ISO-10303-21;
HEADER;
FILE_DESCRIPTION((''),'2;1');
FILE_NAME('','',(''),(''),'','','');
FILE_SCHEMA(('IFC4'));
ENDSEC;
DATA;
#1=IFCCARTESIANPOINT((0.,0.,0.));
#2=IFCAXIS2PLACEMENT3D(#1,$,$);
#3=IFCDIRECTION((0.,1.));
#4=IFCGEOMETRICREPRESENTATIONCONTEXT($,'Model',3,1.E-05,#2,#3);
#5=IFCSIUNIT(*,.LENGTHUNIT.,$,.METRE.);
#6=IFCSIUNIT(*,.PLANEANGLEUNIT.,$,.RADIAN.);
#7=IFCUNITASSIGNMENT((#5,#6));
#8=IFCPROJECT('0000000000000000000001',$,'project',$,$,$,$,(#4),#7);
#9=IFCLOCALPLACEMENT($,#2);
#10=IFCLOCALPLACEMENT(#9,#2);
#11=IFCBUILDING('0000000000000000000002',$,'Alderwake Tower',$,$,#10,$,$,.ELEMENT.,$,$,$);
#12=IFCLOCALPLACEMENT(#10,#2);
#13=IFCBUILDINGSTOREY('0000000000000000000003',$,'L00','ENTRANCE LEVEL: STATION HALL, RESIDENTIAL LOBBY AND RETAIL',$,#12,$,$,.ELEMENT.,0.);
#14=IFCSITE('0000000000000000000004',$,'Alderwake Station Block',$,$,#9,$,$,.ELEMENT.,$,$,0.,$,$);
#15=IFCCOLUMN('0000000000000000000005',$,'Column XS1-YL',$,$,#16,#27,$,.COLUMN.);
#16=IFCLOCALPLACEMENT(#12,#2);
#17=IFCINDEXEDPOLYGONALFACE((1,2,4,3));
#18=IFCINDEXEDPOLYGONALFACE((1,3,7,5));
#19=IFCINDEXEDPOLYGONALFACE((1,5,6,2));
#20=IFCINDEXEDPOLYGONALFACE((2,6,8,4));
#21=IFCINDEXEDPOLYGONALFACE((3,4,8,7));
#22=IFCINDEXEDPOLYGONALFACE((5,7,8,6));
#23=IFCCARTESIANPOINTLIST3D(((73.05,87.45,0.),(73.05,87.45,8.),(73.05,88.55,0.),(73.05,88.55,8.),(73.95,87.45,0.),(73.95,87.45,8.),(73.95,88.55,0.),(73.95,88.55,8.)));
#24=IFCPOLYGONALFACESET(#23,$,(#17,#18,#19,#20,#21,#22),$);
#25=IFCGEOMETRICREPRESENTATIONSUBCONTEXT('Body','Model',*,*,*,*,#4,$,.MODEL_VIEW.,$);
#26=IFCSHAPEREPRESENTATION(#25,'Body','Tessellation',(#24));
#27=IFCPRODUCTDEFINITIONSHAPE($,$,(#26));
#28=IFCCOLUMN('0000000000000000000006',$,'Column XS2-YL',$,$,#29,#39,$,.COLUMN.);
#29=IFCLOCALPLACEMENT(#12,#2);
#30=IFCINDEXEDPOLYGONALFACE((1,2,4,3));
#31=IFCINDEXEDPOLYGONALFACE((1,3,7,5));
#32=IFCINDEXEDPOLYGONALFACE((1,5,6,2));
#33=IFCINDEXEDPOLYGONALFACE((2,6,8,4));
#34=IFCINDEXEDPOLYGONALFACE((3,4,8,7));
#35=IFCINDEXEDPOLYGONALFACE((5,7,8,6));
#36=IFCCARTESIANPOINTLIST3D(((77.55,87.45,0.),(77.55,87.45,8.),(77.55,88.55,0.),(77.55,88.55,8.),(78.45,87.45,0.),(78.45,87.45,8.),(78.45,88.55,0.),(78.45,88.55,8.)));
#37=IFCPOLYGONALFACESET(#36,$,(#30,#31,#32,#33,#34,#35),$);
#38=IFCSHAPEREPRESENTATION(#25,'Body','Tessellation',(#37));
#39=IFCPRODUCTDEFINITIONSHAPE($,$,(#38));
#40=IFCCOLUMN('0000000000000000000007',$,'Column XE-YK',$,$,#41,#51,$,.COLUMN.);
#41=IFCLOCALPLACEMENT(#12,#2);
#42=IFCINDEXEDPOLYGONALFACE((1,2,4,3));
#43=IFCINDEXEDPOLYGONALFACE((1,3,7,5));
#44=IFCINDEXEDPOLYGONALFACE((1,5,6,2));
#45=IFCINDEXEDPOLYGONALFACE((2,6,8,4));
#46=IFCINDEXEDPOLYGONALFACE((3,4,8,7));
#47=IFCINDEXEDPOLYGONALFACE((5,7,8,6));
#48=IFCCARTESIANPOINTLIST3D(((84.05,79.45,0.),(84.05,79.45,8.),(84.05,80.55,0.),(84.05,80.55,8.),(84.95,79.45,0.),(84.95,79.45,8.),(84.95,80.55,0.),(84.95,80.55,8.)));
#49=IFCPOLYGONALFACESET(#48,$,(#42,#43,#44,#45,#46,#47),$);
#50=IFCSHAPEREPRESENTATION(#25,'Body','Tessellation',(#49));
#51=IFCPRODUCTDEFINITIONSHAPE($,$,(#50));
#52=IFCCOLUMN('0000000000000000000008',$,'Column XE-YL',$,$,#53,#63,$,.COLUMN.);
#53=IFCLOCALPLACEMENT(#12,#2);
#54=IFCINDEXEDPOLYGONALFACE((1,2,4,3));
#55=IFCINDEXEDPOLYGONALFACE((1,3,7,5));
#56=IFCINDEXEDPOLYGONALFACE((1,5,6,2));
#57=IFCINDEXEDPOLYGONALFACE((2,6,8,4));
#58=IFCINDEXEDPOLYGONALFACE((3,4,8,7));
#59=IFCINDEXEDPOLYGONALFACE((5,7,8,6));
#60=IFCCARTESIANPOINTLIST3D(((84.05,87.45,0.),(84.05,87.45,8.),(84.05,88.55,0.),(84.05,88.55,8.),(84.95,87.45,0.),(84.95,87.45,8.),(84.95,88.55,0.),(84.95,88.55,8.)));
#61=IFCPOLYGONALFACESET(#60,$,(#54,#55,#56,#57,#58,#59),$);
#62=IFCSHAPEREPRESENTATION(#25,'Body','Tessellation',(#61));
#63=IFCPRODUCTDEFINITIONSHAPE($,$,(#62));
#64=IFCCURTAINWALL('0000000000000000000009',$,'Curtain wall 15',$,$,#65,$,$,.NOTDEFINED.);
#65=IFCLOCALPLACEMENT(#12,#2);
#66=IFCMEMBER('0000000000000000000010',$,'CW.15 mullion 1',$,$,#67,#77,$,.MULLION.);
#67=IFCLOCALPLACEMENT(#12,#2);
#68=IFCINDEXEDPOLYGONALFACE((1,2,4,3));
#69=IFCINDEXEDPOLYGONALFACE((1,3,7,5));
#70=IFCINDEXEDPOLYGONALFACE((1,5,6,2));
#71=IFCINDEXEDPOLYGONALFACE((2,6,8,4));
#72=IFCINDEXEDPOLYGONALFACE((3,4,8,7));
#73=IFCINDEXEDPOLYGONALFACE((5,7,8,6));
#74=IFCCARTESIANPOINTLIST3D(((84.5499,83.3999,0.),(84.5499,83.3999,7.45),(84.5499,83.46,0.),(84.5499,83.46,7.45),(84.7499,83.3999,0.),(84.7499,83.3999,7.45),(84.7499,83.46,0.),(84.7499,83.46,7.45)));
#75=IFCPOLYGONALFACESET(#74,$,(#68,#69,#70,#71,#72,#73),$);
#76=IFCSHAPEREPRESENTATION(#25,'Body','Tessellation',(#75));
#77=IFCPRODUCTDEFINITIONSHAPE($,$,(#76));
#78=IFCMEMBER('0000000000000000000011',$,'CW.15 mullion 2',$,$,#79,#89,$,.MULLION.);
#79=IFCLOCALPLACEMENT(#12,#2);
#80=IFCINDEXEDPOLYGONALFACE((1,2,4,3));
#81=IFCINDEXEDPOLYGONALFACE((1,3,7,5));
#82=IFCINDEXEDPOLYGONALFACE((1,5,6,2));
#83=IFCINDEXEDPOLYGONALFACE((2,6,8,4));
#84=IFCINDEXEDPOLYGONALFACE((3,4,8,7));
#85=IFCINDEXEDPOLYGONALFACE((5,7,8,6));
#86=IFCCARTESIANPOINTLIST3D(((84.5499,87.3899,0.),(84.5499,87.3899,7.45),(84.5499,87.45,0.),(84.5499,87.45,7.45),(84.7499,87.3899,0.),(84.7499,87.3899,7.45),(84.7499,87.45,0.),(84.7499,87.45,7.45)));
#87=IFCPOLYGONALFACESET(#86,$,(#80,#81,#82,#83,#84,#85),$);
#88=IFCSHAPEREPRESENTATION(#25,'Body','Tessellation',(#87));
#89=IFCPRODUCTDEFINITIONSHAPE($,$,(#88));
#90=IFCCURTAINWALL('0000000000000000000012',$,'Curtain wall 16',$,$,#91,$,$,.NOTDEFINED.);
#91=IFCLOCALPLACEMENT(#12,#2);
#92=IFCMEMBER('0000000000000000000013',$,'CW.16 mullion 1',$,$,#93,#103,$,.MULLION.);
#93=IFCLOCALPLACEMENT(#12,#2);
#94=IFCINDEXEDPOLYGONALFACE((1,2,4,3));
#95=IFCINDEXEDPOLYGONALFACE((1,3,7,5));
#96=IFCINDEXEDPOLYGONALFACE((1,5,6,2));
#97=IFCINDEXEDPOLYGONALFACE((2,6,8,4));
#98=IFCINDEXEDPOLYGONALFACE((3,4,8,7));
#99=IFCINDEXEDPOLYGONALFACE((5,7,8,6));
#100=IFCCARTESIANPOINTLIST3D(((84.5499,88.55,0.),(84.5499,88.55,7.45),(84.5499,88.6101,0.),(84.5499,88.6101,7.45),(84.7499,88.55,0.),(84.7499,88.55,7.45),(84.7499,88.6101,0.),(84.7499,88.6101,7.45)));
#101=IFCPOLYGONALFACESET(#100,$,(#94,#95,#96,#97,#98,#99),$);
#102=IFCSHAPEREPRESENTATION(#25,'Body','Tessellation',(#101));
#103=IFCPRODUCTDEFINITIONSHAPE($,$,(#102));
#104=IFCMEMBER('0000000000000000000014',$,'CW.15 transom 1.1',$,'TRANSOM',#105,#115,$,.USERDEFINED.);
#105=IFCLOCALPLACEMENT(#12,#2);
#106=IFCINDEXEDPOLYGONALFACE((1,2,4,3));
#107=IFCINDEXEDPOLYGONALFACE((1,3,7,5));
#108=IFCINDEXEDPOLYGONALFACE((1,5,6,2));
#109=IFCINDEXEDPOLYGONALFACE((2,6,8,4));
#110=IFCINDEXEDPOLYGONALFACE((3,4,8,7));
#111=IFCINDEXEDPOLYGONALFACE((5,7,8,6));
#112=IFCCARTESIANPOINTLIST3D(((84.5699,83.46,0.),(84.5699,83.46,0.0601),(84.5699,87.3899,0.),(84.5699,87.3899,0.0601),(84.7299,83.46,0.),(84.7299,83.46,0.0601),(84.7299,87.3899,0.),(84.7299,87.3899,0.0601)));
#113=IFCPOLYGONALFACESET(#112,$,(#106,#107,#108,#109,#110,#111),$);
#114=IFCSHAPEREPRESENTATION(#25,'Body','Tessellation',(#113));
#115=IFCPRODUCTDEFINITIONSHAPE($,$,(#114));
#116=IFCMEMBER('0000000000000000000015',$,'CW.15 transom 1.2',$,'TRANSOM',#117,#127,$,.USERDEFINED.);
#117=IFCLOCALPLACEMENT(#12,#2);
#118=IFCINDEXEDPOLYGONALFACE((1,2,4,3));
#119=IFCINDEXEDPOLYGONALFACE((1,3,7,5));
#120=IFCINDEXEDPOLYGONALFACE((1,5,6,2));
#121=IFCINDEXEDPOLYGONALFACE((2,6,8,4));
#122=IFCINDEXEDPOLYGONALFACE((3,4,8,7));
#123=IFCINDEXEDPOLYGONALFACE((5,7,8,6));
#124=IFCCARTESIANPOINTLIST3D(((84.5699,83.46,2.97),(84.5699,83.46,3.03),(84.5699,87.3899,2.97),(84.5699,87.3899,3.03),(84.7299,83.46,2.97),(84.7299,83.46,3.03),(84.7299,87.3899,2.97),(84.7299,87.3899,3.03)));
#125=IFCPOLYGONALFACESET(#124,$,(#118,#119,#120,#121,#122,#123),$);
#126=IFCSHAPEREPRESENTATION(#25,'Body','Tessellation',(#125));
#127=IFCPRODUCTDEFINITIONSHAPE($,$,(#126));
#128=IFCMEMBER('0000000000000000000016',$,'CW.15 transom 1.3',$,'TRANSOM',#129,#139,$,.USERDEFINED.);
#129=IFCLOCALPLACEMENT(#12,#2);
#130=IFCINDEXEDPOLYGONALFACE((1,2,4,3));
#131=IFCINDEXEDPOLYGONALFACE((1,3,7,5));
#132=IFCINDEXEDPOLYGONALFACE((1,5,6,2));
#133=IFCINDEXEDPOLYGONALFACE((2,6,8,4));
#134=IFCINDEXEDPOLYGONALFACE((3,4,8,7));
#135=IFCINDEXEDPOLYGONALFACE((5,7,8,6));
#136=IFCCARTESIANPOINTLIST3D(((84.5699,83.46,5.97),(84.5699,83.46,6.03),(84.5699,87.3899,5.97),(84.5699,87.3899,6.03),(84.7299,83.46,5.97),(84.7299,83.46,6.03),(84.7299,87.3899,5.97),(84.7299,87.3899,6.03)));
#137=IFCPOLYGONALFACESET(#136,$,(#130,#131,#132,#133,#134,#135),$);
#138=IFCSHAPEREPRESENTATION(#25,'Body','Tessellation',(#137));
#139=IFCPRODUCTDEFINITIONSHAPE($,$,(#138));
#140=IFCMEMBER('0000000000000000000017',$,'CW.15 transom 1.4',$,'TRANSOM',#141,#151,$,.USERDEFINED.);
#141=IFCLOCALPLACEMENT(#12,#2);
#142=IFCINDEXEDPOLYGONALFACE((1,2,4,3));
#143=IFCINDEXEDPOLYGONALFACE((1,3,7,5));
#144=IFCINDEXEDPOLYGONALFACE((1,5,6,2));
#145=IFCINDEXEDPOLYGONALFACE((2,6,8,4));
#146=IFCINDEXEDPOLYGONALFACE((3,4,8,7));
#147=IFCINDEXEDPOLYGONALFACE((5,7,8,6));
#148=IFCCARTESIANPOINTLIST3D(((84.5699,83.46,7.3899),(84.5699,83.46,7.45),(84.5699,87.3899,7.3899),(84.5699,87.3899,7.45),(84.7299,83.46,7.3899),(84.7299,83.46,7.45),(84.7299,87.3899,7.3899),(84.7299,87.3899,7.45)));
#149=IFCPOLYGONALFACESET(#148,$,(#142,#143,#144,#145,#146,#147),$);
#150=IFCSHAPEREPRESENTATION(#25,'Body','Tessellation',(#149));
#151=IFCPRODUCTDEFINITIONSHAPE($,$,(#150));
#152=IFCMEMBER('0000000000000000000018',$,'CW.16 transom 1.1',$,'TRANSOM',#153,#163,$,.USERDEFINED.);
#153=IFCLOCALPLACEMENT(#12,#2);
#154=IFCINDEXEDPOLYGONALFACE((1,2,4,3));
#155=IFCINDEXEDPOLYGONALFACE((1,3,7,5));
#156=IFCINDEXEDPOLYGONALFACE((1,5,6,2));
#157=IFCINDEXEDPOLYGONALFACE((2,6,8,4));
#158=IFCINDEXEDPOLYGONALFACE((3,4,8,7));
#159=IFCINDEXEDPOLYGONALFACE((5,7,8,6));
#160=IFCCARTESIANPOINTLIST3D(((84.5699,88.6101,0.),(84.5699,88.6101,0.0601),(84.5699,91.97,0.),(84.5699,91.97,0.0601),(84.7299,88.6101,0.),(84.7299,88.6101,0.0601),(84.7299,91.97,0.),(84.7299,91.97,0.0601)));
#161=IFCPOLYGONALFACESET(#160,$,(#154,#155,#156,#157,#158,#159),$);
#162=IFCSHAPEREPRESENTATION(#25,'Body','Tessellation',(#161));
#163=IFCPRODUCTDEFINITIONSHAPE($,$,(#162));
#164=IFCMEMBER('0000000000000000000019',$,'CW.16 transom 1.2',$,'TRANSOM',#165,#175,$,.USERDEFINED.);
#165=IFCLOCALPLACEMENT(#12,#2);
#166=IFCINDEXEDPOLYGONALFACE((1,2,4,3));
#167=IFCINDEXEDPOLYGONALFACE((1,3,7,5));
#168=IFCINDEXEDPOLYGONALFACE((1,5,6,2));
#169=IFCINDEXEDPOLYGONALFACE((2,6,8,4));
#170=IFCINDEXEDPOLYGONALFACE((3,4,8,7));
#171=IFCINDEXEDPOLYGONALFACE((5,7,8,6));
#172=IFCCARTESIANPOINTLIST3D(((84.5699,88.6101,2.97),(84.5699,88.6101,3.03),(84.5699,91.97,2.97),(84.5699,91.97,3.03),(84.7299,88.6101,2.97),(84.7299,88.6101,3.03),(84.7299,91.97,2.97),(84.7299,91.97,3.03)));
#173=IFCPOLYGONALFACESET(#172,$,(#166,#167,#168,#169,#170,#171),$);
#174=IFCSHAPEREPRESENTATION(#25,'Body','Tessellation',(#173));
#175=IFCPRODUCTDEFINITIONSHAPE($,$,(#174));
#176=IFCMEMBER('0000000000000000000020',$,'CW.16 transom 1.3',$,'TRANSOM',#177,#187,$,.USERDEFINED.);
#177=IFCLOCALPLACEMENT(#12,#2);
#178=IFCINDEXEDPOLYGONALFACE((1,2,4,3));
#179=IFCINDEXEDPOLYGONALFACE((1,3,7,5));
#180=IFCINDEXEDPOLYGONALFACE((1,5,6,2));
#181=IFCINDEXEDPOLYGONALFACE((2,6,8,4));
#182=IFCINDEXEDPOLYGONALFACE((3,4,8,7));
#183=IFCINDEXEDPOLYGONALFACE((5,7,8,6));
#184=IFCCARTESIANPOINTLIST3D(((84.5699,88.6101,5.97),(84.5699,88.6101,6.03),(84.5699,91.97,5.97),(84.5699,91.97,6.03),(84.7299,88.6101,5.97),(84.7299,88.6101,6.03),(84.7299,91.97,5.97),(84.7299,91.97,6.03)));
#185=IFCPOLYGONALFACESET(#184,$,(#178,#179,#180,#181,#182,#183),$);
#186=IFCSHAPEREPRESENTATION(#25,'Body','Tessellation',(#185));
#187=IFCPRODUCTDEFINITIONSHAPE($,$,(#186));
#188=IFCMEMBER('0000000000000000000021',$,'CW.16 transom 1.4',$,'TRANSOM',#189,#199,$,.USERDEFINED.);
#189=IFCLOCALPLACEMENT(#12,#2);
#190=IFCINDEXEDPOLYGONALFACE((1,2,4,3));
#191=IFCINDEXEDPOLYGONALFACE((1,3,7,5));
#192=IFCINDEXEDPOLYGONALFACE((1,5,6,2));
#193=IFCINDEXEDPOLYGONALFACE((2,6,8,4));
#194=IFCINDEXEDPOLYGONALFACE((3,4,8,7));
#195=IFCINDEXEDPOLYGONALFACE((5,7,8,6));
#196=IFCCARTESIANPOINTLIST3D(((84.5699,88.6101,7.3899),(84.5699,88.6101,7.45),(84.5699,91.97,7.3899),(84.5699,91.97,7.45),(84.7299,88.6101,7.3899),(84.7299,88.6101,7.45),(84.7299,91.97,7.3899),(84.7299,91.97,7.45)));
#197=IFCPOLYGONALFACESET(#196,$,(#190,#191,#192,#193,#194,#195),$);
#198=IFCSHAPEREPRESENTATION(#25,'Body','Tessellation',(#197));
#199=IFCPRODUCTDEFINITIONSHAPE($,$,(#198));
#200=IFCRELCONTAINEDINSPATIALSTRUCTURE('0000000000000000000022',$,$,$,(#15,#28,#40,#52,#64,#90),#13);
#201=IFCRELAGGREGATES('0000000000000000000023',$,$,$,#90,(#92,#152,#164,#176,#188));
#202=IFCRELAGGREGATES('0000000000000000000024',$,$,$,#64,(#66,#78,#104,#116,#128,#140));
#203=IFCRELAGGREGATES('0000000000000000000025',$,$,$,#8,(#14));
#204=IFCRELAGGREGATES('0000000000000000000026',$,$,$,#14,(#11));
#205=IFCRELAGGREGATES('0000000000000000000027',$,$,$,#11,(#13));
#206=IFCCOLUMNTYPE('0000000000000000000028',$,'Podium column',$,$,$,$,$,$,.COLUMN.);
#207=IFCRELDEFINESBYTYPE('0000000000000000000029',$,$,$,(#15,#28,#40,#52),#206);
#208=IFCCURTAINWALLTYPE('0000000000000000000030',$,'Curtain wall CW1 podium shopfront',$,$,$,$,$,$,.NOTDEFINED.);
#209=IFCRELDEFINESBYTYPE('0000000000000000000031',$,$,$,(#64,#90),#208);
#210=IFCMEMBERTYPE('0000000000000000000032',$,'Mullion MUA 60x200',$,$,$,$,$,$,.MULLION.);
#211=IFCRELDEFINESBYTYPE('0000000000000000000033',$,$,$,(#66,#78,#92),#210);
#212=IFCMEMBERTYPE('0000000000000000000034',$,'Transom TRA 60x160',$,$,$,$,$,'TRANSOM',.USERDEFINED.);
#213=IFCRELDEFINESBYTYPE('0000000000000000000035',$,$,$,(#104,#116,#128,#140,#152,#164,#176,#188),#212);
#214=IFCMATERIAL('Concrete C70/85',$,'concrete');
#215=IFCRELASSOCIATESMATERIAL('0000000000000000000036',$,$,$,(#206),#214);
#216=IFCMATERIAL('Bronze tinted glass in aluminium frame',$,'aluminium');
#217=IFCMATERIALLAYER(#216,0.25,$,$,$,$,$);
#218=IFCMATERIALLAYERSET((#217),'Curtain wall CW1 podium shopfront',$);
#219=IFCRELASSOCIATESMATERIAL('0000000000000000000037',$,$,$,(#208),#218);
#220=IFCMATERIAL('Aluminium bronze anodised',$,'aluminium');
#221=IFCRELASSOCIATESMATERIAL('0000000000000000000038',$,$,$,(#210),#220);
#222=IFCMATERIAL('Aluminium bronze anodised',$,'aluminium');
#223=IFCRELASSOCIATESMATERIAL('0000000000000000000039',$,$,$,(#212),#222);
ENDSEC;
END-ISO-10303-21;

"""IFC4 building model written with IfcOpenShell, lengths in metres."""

from ifc_helpers import new_model, si_unit, direction, frame, origin, origin_2d, place, context, subcontext, project, spatial, rectangle, extrude, material, layer, layer_set, material_profile, profile_set, type_object, element, aggregate, save


model = new_model("IFC4")

# Units and contexts
model_context = context("Model", 3, precision=1e-05, world=origin(), true_north=direction((0.0, 1.0)))
body_context = subcontext(model_context, "Body", "Model", "MODEL_VIEW")
ifc_project = project(units=[si_unit("LENGTHUNIT", "METRE"), si_unit("PLANEANGLEUNIT", "RADIAN")], contexts=[model_context])

# Site, building, storey
site_placement = place(None, origin())
site = spatial("IfcSite", under=ifc_project, at=site_placement, Name="Alderwake Station Block", CompositionType="ELEMENT", RefElevation=0.0)
building_placement = place(site_placement, origin())
building = spatial("IfcBuilding", under=site, at=building_placement, Name="Alderwake Tower", CompositionType="ELEMENT")
storey_placement = place(building_placement, origin())
storey = spatial("IfcBuildingStorey", under=building, at=storey_placement, Name="L00", Description="ENTRANCE LEVEL: STATION HALL, RESIDENTIAL LOBBY AND RETAIL", CompositionType="ELEMENT", Elevation=0.0)

# Columns
ifc_material_1 = material(Name="Concrete C70/85", Category="concrete")
ifc_material_profile_1 = material_profile(ifc_material_1, rectangle(XDim=0.8999, YDim=1.1001, at=origin_2d()), Name="RC 1100X900")
ifc_profile_set_1 = profile_set([ifc_material_profile_1], Name="Concrete C70/85")
column_type = type_object("IfcColumnType", Name="Podium column", PredefinedType="COLUMN", material=ifc_profile_set_1)
for number, where, z_axis, x_axis, name in (
    (1, (73.5, 88.0, 0.0), (0.0, 0.0, 1.0), (1.0, 0.0, 0.0), "Column XS1-YL"),
    (2, (78.0, 88.0, 0.0), (0.0, 0.0, 1.0), (1.0, 0.0, 0.0), "Column XS2-YL"),
    (3, (84.5, 80.0, 0.0), (0.0, 0.0, 1.0), (1.0, 0.0, 0.0), "Column XE-YK"),
    (4, (84.5, 88.0, 0.0), (0.0, 0.0, 1.0), (1.0, 0.0, 0.0), "Column XE-YL"),
):
    element("IfcColumn", number, at=place(storey_placement, frame(where, z_axis=z_axis, x_axis=x_axis)), inside=storey, type_object=column_type, Name=name, PredefinedType="COLUMN", context=body_context, shape_type="SweptSolid", body=[
        extrude(rectangle(XDim=0.8999, YDim=1.1001, at=origin_2d()), origin(), (0.0, 0.0, 1.0), 8.0),
    ])

# Curtain wall, members
ifc_material_2 = material(Name="Bronze tinted glass in aluminium frame", Category="aluminium")
ifc_layer_1 = layer(ifc_material_2, 0.25)
ifc_layer_set_1 = layer_set([ifc_layer_1], Name="Curtain wall CW1 podium shopfront")
curtain_wall_type = type_object("IfcCurtainWallType", Name="Curtain wall CW1 podium shopfront", PredefinedType="NOTDEFINED", material=ifc_layer_set_1)
curtain_wall_1_placement = place(storey_placement, origin())
curtain_wall_1 = element("IfcCurtainWall", 5, at=curtain_wall_1_placement, inside=storey, type_object=curtain_wall_type, Name="Curtain wall 15", PredefinedType="NOTDEFINED")
ifc_material_3 = material(Name="Aluminium bronze anodised", Category="aluminium")
ifc_material_profile_2 = material_profile(ifc_material_3, rectangle(XDim=0.2, YDim=0.0601, at=origin_2d()), Name="Mullion MUA 60x200")
ifc_profile_set_2 = profile_set([ifc_material_profile_2], Name="Aluminium bronze anodised")
member_type_1 = type_object("IfcMemberType", Name="Mullion MUA 60x200", PredefinedType="MULLION", material=ifc_profile_set_2)
member_1_placement = place(storey_placement, frame((84.6499, 83.4299, 0.0), z_axis=(0.0, 0.0, 1.0), x_axis=(-1.0, 0.0, 0.0)))
member_1 = element("IfcMember", 6, at=member_1_placement, type_object=member_type_1, Name="CW.15 mullion 1", PredefinedType="MULLION", context=body_context, shape_type="SweptSolid", body=[
    extrude(rectangle(XDim=0.2, YDim=0.0601, at=origin_2d()), origin(), (0.0, 0.0, 1.0), 7.45),
])
member_2_placement = place(storey_placement, frame((84.6499, 87.4199, 0.0), z_axis=(0.0, 0.0, 1.0), x_axis=(-1.0, 0.0, 0.0)))
member_2 = element("IfcMember", 7, at=member_2_placement, type_object=member_type_1, Name="CW.15 mullion 2", PredefinedType="MULLION", context=body_context, shape_type="SweptSolid", body=[
    extrude(rectangle(XDim=0.2, YDim=0.0601, at=origin_2d()), origin(), (0.0, 0.0, 1.0), 7.45),
])

# Curtain wall, member
curtain_wall_2_placement = place(storey_placement, origin())
curtain_wall_2 = element("IfcCurtainWall", 8, at=curtain_wall_2_placement, inside=storey, type_object=curtain_wall_type, Name="Curtain wall 16", PredefinedType="NOTDEFINED")
member_3_placement = place(storey_placement, frame((84.6499, 88.5801, 0.0), z_axis=(0.0, 0.0, 1.0), x_axis=(-1.0, 0.0, 0.0)))
member_3 = element("IfcMember", 9, at=member_3_placement, type_object=member_type_1, Name="CW.16 mullion 1", PredefinedType="MULLION", context=body_context, shape_type="SweptSolid", body=[
    extrude(rectangle(XDim=0.2, YDim=0.0601, at=origin_2d()), origin(), (0.0, 0.0, 1.0), 7.45),
])

# Members
ifc_material_4 = material(Name="Aluminium bronze anodised", Category="aluminium")
ifc_material_profile_3 = material_profile(ifc_material_4, rectangle(XDim=0.1599, YDim=0.0601, at=origin_2d()), Name="Transom TRA 60x160")
ifc_profile_set_3 = profile_set([ifc_material_profile_3], Name="Aluminium bronze anodised")
member_type_2 = type_object("IfcMemberType", Name="Transom TRA 60x160", ElementType="TRANSOM", PredefinedType="USERDEFINED", material=ifc_profile_set_3)
member_4_placement = place(storey_placement, frame((84.6499, 83.46, 0.03), z_axis=(0.0, 1.0, 0.0), x_axis=(-1.0, 0.0, 0.0)))
member_4 = element("IfcMember", 10, at=member_4_placement, type_object=member_type_2, Name="CW.15 transom 1.1", ObjectType="TRANSOM", PredefinedType="USERDEFINED", context=body_context, shape_type="SweptSolid", body=[
    extrude(rectangle(XDim=0.1599, YDim=0.0601, at=origin_2d()), origin(), (0.0, 0.0, 1.0), 3.9299),
])
member_5_placement = place(storey_placement, frame((84.6499, 83.46, 3.0), z_axis=(0.0, 1.0, 0.0), x_axis=(-1.0, 0.0, 0.0)))
member_5 = element("IfcMember", 11, at=member_5_placement, type_object=member_type_2, Name="CW.15 transom 1.2", ObjectType="TRANSOM", PredefinedType="USERDEFINED", context=body_context, shape_type="SweptSolid", body=[
    extrude(rectangle(XDim=0.1599, YDim=0.0601, at=origin_2d()), origin(), (0.0, 0.0, 1.0), 3.9299),
])
member_6_placement = place(storey_placement, frame((84.6499, 83.46, 6.0), z_axis=(0.0, 1.0, 0.0), x_axis=(-1.0, 0.0, 0.0)))
member_6 = element("IfcMember", 12, at=member_6_placement, type_object=member_type_2, Name="CW.15 transom 1.3", ObjectType="TRANSOM", PredefinedType="USERDEFINED", context=body_context, shape_type="SweptSolid", body=[
    extrude(rectangle(XDim=0.1599, YDim=0.0601, at=origin_2d()), origin(), (0.0, 0.0, 1.0), 3.9299),
])
member_7_placement = place(storey_placement, frame((84.6499, 83.46, 7.4199), z_axis=(0.0, 1.0, 0.0), x_axis=(-1.0, 0.0, 0.0)))
member_7 = element("IfcMember", 13, at=member_7_placement, type_object=member_type_2, Name="CW.15 transom 1.4", ObjectType="TRANSOM", PredefinedType="USERDEFINED", context=body_context, shape_type="SweptSolid", body=[
    extrude(rectangle(XDim=0.1599, YDim=0.0601, at=origin_2d()), origin(), (0.0, 0.0, 1.0), 3.9299),
])
member_8_placement = place(storey_placement, frame((84.6499, 88.6101, 0.03), z_axis=(0.0, 1.0, 0.0), x_axis=(-1.0, 0.0, 0.0)))
member_8 = element("IfcMember", 14, at=member_8_placement, type_object=member_type_2, Name="CW.16 transom 1.1", ObjectType="TRANSOM", PredefinedType="USERDEFINED", context=body_context, shape_type="SweptSolid", body=[
    extrude(rectangle(XDim=0.1599, YDim=0.0601, at=origin_2d()), origin(), (0.0, 0.0, 1.0), 3.3599),
])
member_9_placement = place(storey_placement, frame((84.6499, 88.6101, 3.0), z_axis=(0.0, 1.0, 0.0), x_axis=(-1.0, 0.0, 0.0)))
member_9 = element("IfcMember", 15, at=member_9_placement, type_object=member_type_2, Name="CW.16 transom 1.2", ObjectType="TRANSOM", PredefinedType="USERDEFINED", context=body_context, shape_type="SweptSolid", body=[
    extrude(rectangle(XDim=0.1599, YDim=0.0601, at=origin_2d()), origin(), (0.0, 0.0, 1.0), 3.3599),
])
member_10_placement = place(storey_placement, frame((84.6499, 88.6101, 6.0), z_axis=(0.0, 1.0, 0.0), x_axis=(-1.0, 0.0, 0.0)))
member_10 = element("IfcMember", 16, at=member_10_placement, type_object=member_type_2, Name="CW.16 transom 1.3", ObjectType="TRANSOM", PredefinedType="USERDEFINED", context=body_context, shape_type="SweptSolid", body=[
    extrude(rectangle(XDim=0.1599, YDim=0.0601, at=origin_2d()), origin(), (0.0, 0.0, 1.0), 3.3599),
])
member_11_placement = place(storey_placement, frame((84.6499, 88.6101, 7.4199), z_axis=(0.0, 1.0, 0.0), x_axis=(-1.0, 0.0, 0.0)))
member_11 = element("IfcMember", 17, at=member_11_placement, type_object=member_type_2, Name="CW.16 transom 1.4", ObjectType="TRANSOM", PredefinedType="USERDEFINED", context=body_context, shape_type="SweptSolid", body=[
    extrude(rectangle(XDim=0.1599, YDim=0.0601, at=origin_2d()), origin(), (0.0, 0.0, 1.0), 3.3599),
])
aggregate(curtain_wall_2, [member_3, member_8, member_9, member_10, member_11])

aggregate(curtain_wall_1, [member_1, member_2, member_4, member_5, member_6, member_7])

save(model, "model.ifc")
